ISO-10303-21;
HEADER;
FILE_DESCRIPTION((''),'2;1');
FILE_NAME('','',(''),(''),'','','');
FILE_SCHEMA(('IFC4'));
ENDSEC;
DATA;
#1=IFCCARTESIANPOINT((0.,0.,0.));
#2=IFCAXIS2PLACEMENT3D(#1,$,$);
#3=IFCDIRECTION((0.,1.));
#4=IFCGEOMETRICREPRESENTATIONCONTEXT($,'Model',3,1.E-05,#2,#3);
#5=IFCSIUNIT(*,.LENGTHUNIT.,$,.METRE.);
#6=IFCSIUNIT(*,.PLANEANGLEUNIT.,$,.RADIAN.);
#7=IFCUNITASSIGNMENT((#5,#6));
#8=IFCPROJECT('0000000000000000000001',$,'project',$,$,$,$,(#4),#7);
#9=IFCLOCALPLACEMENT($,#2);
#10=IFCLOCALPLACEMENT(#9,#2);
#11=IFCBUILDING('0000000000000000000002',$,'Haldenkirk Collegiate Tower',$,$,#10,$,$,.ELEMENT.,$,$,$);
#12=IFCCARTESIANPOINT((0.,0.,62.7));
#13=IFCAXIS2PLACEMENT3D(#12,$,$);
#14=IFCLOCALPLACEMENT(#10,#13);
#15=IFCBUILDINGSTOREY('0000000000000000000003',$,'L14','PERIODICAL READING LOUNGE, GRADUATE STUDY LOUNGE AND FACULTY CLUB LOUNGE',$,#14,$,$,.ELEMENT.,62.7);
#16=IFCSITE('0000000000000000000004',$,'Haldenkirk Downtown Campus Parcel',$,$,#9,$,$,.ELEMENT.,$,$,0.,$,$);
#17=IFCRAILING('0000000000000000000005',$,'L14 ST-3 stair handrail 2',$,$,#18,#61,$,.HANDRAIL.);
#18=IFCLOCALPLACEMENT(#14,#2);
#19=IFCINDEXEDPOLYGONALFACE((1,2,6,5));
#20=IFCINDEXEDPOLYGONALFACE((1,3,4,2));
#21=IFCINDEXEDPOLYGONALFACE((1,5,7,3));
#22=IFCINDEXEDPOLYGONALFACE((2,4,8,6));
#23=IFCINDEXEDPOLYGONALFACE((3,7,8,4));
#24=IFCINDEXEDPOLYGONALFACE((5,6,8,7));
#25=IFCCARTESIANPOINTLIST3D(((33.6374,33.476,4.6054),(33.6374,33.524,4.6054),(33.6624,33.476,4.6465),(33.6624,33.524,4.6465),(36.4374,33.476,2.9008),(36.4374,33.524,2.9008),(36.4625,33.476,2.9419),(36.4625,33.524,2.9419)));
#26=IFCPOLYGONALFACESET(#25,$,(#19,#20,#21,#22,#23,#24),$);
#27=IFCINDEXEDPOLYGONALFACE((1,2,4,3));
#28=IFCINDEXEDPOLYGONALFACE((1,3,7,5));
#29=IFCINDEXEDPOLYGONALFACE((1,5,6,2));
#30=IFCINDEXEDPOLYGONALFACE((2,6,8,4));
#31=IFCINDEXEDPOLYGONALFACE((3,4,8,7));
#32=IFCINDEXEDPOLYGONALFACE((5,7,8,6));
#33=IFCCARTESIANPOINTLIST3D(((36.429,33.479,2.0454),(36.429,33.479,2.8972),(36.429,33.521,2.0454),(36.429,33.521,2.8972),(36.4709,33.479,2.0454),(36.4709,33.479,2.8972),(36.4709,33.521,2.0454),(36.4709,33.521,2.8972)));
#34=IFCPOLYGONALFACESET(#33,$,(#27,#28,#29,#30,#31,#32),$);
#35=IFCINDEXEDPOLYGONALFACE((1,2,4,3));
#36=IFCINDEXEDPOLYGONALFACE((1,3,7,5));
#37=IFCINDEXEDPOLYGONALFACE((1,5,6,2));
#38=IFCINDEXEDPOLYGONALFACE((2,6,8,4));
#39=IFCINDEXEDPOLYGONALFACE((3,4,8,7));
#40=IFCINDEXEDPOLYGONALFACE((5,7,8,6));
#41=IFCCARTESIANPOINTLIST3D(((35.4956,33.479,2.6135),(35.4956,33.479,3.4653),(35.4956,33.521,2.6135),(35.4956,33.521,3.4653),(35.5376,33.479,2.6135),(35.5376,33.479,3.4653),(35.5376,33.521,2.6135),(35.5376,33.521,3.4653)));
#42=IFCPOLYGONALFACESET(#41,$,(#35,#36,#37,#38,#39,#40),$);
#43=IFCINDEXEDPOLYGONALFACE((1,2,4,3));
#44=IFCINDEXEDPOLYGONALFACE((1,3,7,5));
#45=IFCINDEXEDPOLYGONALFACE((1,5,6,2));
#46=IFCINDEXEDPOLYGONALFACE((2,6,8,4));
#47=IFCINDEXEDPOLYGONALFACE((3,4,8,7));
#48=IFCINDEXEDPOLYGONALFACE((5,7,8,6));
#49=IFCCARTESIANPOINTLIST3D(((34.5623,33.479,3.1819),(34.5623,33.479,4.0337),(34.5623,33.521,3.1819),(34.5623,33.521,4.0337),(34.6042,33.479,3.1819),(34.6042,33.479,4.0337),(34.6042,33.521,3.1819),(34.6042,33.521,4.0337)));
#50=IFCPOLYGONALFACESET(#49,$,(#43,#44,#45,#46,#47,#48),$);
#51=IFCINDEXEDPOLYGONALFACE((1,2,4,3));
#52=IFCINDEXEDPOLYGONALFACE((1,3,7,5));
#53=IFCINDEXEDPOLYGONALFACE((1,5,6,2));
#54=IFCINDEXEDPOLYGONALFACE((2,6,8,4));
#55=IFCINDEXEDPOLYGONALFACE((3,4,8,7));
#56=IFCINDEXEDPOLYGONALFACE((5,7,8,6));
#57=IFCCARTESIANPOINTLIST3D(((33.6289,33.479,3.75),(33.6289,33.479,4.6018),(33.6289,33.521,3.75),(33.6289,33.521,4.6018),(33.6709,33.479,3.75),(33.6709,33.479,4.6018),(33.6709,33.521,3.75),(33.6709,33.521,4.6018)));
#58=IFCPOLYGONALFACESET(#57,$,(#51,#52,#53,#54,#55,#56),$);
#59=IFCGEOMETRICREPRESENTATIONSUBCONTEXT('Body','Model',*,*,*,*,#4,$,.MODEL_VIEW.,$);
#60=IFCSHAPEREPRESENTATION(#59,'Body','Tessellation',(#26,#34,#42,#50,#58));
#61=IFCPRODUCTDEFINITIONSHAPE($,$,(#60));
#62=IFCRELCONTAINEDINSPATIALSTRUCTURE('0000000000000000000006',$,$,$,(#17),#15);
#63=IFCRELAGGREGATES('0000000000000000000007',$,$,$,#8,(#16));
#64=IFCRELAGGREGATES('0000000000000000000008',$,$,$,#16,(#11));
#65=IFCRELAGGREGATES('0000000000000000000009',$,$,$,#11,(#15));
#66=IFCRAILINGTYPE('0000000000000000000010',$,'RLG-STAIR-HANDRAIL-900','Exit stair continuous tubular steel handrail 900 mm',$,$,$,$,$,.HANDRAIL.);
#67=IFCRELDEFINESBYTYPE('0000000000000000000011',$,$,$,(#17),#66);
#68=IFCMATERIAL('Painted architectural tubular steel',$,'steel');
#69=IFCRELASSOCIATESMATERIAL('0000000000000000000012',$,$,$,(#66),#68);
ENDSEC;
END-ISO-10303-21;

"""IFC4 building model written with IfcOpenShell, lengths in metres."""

from ifc_helpers import new_model, si_unit, direction, frame, origin, origin_2d, place, context, subcontext, project, spatial, rectangle, extrude, material, type_object, element, save


model = new_model("IFC4")

# Units and contexts
model_context = context("Model", 3, precision=1e-05, world=origin(), true_north=direction((0.0, 1.0)))
body_context = subcontext(model_context, "Body", "Model", "MODEL_VIEW")
ifc_project = project(units=[si_unit("LENGTHUNIT", "METRE"), si_unit("PLANEANGLEUNIT", "RADIAN")], contexts=[model_context])

# Site, building, storey
site_placement = place(None, origin())
site = spatial("IfcSite", under=ifc_project, at=site_placement, Name="Haldenkirk Downtown Campus Parcel", CompositionType="ELEMENT", RefElevation=0.0)
building_placement = place(site_placement, origin())
building = spatial("IfcBuilding", under=site, at=building_placement, Name="Haldenkirk Collegiate Tower", CompositionType="ELEMENT")
storey_placement = place(building_placement, frame((0.0, 0.0, 62.7)))
storey = spatial("IfcBuildingStorey", under=building, at=storey_placement, Name="L14", Description="PERIODICAL READING LOUNGE, GRADUATE STUDY LOUNGE AND FACULTY CLUB LOUNGE", CompositionType="ELEMENT", Elevation=62.7)

# Railing
ifc_material_1 = material(Name="Painted architectural tubular steel", Category="steel")
railing_type_1 = type_object("IfcRailingType", Name="RLG-STAIR-HANDRAIL-900", Description="Exit stair continuous tubular steel handrail 900 mm", PredefinedType="HANDRAIL", material=ifc_material_1)
railing_1_placement = place(storey_placement, frame((36.45, 33.5, 2.0454)))
element("IfcRailing", 1, at=railing_1_placement, inside=storey, type_object=railing_type_1, Name="L14 ST-3 stair handrail 2", PredefinedType="HANDRAIL", context=body_context, shape_type="SweptSolid", body=[
    extrude(rectangle(XDim=0.0481, YDim=0.0481, at=origin_2d()), frame((0.0, 0.0, 0.876), z_axis=(-0.85417, 0.0, 0.519994), x_axis=(0.0, -1.0, 0.0)), (0.0, 0.0, 1.0), 3.2781),
    extrude(rectangle(XDim=0.042, YDim=0.042, at=origin_2d()), origin(), (0.0, 0.0, 1.0), 0.8518),
    extrude(rectangle(XDim=0.042, YDim=0.042, at=origin_2d()), frame((-0.9333, 0.0, 0.5681)), (0.0, 0.0, 1.0), 0.8518),
    extrude(rectangle(XDim=0.042, YDim=0.042, at=origin_2d()), frame((-1.8667, 0.0, 1.1365)), (0.0, 0.0, 1.0), 0.8518),
    extrude(rectangle(XDim=0.042, YDim=0.042, at=origin_2d()), frame((-2.8, 0.0, 1.7046)), (0.0, 0.0, 1.0), 0.8518),
])

save(model, "model.ifc")
